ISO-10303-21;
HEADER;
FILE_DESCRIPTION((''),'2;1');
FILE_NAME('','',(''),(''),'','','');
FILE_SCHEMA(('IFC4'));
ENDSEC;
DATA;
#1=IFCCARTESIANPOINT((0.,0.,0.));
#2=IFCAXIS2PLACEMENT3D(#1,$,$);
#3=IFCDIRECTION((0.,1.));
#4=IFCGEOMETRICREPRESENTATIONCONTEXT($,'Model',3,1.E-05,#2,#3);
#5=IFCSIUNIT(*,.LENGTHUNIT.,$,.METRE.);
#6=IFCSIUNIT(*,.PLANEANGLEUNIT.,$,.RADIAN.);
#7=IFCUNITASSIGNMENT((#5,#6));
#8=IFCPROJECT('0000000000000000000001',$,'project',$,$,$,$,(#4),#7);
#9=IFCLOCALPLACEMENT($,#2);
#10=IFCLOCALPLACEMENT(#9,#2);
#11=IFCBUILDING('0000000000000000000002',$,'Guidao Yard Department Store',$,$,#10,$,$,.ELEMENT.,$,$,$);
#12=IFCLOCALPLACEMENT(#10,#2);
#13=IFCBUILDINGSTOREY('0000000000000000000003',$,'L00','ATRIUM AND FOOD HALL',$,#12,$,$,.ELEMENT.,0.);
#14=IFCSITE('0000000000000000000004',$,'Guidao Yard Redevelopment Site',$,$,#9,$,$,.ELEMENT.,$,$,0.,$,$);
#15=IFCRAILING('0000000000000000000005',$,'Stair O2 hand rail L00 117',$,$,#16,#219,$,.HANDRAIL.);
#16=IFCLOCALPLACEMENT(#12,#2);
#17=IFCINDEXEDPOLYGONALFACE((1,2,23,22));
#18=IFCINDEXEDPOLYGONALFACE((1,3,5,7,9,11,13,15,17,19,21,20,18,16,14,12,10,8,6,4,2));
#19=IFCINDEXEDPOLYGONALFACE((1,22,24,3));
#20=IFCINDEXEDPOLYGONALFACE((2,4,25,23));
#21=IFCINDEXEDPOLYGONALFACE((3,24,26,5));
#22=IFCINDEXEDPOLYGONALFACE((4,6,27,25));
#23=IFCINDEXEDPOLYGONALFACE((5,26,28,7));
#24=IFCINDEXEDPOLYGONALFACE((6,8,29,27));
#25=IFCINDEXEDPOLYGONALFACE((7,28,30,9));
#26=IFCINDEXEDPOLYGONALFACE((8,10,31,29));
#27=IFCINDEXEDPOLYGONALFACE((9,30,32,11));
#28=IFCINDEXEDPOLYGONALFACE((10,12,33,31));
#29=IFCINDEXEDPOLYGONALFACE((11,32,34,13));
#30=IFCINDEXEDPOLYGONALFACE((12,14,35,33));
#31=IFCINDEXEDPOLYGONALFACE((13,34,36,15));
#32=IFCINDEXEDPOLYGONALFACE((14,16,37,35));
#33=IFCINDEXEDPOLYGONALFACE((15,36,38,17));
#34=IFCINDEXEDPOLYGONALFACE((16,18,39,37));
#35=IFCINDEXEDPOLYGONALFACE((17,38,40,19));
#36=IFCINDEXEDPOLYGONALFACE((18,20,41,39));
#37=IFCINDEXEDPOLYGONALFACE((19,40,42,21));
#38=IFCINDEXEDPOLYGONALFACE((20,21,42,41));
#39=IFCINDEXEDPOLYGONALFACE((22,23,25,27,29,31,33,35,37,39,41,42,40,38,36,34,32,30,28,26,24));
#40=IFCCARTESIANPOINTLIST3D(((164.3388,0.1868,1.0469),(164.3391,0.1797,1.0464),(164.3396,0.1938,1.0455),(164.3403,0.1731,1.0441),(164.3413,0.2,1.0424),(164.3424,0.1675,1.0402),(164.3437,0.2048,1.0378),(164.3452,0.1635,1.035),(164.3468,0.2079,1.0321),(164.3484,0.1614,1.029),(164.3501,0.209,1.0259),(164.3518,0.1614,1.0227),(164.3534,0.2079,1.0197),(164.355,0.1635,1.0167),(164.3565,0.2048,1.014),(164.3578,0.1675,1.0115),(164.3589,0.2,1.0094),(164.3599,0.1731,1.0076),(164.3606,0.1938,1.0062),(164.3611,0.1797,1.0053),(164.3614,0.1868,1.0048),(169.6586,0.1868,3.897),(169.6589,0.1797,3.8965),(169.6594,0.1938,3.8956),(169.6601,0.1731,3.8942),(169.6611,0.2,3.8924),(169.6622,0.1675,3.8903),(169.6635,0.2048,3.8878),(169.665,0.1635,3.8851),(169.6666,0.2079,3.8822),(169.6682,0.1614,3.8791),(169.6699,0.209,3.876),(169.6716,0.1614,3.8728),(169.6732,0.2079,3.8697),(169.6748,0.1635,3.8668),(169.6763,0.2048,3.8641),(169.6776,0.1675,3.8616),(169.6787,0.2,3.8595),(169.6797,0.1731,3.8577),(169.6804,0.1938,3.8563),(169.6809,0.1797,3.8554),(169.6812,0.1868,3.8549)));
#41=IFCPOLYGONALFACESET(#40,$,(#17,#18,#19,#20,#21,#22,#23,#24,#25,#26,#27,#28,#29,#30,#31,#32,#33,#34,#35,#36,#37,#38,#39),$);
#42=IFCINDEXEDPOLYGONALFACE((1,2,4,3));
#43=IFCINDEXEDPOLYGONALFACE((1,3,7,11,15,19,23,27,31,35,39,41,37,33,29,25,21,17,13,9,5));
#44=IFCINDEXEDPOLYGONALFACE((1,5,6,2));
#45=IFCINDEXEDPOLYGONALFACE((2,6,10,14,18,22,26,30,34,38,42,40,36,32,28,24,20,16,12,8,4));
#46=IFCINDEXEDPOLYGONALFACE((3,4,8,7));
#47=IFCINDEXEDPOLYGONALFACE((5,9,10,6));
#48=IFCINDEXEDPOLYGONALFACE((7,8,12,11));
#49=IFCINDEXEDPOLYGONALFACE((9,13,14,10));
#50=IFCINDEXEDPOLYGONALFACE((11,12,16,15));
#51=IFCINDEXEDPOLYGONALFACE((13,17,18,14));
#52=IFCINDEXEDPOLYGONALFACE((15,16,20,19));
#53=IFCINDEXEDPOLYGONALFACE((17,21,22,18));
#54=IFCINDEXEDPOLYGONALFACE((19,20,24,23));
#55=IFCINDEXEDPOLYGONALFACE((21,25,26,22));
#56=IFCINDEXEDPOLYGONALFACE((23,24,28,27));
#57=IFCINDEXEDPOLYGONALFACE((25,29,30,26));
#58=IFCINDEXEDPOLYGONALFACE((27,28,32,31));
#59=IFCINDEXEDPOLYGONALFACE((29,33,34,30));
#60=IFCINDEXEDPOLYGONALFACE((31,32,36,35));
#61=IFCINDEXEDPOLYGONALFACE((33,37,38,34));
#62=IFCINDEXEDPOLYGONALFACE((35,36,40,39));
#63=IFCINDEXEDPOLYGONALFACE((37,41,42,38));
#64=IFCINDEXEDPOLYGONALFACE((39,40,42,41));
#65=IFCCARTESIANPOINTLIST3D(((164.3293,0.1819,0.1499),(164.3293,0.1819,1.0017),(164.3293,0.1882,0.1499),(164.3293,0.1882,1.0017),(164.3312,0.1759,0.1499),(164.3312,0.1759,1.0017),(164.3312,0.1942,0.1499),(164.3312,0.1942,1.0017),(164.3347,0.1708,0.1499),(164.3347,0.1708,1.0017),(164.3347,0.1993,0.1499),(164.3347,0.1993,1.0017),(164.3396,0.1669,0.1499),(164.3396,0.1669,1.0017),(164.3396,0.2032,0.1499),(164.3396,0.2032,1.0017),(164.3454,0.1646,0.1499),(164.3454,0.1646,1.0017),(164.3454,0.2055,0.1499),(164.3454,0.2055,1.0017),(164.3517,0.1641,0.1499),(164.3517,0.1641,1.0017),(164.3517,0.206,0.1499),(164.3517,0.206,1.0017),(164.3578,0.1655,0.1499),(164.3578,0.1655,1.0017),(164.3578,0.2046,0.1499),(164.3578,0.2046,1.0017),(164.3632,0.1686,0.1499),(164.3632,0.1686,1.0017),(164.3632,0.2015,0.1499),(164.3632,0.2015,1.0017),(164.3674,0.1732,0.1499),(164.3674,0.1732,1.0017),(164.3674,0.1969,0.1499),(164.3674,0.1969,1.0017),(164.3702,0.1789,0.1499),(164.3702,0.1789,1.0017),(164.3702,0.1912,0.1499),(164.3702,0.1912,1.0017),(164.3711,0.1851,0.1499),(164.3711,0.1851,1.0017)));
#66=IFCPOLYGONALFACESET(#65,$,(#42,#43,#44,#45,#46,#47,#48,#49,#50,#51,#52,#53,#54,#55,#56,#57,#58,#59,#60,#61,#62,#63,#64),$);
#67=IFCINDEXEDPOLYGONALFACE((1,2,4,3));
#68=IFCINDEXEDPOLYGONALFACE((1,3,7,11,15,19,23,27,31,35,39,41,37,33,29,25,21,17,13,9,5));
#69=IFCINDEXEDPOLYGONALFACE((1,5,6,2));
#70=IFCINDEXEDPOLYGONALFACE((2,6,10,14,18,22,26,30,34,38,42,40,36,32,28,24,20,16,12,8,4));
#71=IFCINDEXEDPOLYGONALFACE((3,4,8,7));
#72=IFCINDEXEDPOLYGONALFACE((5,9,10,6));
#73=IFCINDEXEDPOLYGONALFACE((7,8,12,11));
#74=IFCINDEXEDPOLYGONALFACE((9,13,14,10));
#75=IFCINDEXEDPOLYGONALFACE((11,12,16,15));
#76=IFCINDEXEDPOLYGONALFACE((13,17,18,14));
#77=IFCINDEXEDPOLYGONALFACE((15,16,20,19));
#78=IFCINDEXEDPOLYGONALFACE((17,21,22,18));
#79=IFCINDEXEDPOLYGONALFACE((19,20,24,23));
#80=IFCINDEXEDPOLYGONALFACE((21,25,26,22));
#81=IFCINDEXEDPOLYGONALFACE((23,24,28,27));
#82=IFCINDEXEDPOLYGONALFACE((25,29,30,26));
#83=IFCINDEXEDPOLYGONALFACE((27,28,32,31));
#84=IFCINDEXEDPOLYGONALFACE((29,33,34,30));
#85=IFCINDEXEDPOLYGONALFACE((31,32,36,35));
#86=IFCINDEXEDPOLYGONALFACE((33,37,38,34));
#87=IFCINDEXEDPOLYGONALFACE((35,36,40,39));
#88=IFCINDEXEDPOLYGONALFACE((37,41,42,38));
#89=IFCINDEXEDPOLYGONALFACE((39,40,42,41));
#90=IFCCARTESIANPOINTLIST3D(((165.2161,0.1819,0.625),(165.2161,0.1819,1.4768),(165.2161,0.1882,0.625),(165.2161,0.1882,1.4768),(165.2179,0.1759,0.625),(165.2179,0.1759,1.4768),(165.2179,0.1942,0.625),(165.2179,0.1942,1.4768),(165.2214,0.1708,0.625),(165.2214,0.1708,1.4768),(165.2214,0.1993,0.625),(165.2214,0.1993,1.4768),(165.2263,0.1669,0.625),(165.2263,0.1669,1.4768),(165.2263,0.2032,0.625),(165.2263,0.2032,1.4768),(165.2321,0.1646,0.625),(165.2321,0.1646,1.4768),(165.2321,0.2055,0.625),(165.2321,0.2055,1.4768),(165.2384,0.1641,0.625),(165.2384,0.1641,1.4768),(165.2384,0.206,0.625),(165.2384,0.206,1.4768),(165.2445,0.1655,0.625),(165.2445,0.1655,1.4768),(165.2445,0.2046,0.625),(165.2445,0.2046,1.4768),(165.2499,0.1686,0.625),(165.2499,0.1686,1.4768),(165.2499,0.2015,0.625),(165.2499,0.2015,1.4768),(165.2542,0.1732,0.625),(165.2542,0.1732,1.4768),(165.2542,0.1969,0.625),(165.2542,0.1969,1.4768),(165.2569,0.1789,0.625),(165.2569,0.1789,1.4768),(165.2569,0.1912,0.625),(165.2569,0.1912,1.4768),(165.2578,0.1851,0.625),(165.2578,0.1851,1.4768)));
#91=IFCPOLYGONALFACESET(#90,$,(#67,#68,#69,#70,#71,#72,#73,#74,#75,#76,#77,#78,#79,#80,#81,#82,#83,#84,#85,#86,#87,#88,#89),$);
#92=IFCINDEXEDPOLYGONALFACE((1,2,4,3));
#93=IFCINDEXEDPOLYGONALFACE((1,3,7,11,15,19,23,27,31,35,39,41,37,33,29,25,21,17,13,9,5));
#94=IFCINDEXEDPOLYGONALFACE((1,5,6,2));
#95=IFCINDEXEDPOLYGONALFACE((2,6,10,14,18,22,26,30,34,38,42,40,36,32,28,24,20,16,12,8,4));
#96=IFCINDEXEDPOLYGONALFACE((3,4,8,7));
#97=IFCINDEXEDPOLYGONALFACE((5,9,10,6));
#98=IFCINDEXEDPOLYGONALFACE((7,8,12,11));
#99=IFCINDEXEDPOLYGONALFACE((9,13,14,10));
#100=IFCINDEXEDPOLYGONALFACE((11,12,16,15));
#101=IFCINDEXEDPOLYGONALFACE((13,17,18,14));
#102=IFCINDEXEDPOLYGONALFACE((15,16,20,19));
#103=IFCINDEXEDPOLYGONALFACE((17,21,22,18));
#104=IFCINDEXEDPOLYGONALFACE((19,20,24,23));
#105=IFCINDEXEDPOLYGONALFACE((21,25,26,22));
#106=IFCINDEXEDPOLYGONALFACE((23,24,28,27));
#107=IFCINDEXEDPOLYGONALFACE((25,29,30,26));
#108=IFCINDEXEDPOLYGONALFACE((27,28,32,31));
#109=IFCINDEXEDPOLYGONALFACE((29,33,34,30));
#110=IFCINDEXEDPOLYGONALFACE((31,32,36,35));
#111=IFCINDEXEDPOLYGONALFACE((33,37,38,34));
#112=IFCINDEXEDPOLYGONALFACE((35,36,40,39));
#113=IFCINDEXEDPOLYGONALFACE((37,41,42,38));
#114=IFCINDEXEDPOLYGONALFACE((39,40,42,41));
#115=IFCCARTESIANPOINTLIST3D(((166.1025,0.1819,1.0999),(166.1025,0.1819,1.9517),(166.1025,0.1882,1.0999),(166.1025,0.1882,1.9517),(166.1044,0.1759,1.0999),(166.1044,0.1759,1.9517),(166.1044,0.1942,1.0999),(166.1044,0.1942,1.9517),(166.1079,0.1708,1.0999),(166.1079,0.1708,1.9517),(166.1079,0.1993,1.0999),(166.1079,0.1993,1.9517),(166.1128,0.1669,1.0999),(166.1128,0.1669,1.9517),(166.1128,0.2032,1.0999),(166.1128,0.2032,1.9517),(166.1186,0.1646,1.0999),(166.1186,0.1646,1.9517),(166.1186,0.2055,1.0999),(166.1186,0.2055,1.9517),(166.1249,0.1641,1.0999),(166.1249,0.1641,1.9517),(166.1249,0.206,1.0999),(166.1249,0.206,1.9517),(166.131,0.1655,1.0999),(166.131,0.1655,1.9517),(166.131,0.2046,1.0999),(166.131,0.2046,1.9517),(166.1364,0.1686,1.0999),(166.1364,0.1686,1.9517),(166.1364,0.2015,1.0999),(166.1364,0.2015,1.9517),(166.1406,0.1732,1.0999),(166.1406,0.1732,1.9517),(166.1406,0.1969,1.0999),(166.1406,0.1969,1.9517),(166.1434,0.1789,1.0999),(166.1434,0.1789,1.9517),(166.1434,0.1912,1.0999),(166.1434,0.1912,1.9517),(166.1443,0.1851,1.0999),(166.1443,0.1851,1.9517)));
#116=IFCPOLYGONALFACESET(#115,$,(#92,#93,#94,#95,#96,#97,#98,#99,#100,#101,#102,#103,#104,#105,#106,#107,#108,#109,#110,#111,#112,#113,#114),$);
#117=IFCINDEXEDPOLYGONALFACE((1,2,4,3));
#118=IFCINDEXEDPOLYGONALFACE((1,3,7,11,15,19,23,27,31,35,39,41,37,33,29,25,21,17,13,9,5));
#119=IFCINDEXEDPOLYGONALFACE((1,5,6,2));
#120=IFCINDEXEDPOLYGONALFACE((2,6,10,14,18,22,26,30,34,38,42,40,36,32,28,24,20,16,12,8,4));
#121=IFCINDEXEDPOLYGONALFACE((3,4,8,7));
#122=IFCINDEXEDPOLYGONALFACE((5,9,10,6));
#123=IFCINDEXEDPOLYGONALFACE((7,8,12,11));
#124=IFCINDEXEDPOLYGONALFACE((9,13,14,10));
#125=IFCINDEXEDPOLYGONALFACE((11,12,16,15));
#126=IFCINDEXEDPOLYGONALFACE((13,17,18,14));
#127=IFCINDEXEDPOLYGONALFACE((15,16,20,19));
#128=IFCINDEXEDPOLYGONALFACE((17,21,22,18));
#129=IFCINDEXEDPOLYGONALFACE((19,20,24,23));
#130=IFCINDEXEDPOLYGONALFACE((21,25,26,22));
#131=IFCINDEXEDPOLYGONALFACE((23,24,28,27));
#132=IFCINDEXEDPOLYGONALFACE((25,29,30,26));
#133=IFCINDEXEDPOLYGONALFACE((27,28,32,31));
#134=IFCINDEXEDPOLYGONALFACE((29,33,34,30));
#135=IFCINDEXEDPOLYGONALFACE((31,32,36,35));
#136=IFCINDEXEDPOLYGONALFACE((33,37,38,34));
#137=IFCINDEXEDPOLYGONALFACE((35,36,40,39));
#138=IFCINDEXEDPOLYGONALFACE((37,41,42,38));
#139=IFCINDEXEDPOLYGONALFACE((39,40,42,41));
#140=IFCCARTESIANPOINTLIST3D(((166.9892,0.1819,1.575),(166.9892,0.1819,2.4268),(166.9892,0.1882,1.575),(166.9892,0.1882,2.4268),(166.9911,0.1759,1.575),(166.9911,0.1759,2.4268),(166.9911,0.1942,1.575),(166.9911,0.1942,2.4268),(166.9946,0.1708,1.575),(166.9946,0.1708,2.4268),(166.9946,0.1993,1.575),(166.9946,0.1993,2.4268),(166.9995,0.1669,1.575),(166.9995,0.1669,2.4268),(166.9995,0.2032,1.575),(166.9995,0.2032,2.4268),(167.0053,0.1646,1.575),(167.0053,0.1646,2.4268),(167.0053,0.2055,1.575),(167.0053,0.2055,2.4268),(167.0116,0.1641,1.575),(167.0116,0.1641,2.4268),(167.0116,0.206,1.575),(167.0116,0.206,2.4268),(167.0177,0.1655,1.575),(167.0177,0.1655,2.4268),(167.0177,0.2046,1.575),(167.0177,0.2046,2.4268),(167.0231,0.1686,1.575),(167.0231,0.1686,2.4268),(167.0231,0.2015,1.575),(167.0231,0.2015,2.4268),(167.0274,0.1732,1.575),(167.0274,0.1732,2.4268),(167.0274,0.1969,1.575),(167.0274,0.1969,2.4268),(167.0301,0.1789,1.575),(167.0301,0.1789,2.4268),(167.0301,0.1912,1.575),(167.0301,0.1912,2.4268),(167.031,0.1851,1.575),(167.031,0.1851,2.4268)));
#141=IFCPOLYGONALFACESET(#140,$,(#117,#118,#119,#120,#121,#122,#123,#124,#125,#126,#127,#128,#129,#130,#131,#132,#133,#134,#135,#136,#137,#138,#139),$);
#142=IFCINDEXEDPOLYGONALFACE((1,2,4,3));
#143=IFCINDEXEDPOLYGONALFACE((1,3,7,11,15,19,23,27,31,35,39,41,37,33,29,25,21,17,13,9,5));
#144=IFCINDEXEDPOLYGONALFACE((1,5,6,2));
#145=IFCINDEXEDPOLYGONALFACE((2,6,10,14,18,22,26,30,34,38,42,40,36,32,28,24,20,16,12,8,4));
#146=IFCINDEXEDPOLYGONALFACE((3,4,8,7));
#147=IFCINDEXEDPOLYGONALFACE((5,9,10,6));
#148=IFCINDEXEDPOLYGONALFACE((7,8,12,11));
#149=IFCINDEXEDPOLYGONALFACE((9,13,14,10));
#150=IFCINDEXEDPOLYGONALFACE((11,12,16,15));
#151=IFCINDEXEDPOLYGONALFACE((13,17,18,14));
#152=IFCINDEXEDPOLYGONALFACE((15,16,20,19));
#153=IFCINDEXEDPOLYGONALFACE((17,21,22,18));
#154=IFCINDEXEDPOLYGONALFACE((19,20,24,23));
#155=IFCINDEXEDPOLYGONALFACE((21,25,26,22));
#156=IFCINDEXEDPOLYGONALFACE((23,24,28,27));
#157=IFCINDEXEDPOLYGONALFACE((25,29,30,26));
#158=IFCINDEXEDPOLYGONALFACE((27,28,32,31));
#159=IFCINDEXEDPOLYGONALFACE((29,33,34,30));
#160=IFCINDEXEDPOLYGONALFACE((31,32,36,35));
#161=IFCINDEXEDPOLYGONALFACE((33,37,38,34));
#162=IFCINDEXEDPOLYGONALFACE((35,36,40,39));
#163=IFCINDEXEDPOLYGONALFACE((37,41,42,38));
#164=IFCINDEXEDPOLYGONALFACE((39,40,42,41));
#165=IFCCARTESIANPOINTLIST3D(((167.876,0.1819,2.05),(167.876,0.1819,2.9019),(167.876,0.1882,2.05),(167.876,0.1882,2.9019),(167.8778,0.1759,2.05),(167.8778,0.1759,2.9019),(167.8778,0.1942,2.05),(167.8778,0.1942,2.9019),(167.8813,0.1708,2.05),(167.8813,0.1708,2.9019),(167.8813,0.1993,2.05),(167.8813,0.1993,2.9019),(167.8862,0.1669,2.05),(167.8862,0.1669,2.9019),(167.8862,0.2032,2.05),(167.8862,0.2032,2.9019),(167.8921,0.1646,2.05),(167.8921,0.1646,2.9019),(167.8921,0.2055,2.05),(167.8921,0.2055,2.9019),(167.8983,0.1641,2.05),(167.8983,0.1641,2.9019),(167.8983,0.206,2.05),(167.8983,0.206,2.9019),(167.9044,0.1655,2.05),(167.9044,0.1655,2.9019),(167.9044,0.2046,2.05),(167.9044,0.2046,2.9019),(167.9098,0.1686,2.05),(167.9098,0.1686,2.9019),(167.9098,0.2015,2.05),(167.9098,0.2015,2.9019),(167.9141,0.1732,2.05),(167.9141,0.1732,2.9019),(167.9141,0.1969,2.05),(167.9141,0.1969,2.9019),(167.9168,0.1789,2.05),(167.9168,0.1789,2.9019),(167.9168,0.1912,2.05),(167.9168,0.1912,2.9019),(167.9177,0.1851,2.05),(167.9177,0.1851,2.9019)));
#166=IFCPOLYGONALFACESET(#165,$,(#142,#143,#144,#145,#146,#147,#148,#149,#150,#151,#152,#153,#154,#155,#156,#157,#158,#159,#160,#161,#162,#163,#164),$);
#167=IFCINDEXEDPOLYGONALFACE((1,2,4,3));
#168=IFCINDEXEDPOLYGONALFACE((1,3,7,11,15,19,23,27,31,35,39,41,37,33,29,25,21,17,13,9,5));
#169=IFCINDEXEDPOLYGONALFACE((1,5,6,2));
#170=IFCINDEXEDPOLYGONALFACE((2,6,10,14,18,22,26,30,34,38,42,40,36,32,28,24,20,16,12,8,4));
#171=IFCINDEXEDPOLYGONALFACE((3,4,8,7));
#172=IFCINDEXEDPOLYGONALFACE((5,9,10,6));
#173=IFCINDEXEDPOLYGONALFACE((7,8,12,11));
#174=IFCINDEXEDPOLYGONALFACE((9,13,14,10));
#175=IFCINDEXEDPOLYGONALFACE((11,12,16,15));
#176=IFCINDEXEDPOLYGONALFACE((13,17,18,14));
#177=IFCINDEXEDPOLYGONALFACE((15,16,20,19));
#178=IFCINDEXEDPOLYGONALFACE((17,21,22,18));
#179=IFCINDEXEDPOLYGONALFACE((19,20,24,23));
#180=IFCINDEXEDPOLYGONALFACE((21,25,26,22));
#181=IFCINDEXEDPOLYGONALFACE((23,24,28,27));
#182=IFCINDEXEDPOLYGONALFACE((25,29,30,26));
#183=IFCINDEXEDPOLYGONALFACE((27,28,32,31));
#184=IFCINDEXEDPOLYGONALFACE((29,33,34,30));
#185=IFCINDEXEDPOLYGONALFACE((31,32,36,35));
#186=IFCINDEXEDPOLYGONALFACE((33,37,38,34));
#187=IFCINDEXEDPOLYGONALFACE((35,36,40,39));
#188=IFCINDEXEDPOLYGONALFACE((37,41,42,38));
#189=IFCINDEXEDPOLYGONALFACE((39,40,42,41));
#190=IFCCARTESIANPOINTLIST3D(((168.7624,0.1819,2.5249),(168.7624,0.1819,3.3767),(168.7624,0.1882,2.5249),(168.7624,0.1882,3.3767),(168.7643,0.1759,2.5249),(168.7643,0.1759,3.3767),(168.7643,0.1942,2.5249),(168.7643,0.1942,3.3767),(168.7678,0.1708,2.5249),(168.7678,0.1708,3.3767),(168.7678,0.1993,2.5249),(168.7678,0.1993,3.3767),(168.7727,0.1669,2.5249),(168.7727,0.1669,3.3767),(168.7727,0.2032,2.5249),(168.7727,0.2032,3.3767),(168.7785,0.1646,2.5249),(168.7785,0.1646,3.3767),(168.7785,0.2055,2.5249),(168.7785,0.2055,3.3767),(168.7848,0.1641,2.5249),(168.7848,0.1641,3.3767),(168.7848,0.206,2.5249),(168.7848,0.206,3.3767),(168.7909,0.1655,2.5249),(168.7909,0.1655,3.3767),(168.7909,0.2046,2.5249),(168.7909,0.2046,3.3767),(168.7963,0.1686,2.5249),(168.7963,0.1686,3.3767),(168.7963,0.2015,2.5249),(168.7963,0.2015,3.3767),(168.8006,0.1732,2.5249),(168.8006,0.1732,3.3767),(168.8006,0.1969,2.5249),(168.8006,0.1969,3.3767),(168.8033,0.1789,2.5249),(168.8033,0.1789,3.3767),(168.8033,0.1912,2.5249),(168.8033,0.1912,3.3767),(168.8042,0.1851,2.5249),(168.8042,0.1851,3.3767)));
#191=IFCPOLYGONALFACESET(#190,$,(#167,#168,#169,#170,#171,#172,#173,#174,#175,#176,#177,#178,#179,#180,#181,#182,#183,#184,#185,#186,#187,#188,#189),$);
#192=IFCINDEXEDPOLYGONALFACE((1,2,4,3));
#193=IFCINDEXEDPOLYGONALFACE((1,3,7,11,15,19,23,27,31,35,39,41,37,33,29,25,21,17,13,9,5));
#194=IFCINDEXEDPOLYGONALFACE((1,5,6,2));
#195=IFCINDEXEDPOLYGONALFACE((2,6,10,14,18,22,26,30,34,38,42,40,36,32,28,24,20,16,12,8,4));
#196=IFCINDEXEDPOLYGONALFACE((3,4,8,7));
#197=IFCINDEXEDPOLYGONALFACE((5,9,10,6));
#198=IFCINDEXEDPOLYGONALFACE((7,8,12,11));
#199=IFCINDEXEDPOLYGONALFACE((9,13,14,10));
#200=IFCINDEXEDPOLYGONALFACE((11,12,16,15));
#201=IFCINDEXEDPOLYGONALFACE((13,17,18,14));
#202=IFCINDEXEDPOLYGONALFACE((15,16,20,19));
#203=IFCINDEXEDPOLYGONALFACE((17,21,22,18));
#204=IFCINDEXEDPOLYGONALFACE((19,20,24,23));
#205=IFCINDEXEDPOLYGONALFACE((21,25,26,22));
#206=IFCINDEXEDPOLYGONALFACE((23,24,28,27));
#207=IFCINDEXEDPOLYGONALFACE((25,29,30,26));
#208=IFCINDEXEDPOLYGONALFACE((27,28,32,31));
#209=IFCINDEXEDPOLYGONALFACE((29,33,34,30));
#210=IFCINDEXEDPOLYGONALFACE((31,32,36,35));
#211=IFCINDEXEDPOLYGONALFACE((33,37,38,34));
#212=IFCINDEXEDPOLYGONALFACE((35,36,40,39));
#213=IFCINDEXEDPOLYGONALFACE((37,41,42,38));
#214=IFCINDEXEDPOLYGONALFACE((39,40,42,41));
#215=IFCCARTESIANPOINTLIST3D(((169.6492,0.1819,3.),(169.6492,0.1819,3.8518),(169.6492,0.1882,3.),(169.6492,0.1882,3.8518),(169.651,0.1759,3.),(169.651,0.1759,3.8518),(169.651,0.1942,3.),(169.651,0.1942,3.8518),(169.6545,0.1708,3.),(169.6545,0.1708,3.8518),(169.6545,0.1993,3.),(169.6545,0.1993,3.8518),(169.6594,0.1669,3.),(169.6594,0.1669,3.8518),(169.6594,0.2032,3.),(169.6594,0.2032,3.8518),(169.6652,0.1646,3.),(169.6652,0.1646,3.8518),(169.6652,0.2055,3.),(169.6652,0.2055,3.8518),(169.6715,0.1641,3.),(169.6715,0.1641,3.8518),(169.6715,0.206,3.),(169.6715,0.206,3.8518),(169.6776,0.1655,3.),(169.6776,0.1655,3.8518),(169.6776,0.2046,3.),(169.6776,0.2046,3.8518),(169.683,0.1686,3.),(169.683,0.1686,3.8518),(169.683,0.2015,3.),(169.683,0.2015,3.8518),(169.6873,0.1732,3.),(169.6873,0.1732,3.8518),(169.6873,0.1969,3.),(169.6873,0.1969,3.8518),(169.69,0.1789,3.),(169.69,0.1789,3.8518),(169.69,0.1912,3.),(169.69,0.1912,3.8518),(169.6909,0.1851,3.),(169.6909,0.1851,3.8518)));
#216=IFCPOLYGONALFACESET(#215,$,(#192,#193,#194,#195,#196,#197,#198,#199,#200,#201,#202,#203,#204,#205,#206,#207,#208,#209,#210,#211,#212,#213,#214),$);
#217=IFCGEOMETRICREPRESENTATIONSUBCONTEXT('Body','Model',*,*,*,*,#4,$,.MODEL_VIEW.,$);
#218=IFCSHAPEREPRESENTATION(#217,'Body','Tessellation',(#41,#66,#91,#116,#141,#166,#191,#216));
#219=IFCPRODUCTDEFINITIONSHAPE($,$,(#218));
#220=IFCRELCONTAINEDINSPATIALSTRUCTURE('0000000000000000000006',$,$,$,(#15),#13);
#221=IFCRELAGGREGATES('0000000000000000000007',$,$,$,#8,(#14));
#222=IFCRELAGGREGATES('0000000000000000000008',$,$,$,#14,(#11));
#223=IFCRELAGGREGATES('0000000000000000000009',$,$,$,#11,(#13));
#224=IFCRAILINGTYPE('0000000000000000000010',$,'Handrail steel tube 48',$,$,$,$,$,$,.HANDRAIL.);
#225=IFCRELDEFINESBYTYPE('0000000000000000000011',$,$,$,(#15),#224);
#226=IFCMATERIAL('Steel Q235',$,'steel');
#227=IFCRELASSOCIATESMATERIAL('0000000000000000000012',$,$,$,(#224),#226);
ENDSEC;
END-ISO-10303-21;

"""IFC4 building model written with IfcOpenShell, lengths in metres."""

from ifc_helpers import new_model, si_unit, direction, frame, origin, origin_2d, place, context, subcontext, project, spatial, circle, extrude, material, type_object, element, save


model = new_model("IFC4")

# Units and contexts
model_context = context("Model", 3, precision=1e-05, world=origin(), true_north=direction((0.0, 1.0)))
body_context = subcontext(model_context, "Body", "Model", "MODEL_VIEW")
ifc_project = project(units=[si_unit("LENGTHUNIT", "METRE"), si_unit("PLANEANGLEUNIT", "RADIAN")], contexts=[model_context])

# Site, building, storey
site_placement = place(None, origin())
site = spatial("IfcSite", under=ifc_project, at=site_placement, Name="Guidao Yard Redevelopment Site", CompositionType="ELEMENT", RefElevation=0.0)
building_placement = place(site_placement, origin())
building = spatial("IfcBuilding", under=site, at=building_placement, Name="Guidao Yard Department Store", CompositionType="ELEMENT")
storey_placement = place(building_placement, origin())
storey = spatial("IfcBuildingStorey", under=building, at=storey_placement, Name="L00", Description="ATRIUM AND FOOD HALL", CompositionType="ELEMENT", Elevation=0.0)

# Railing
ifc_material_1 = material(Name="Steel Q235", Category="steel")
railing_type_1 = type_object("IfcRailingType", Name="Handrail steel tube 48", PredefinedType="HANDRAIL", material=ifc_material_1)
for number, where, name in (
    (1, (164.3501, 0.1851, 0.1499), "Stair O2 hand rail L00 117"),
):
    element("IfcRailing", number, at=place(storey_placement, frame(where)), inside=storey, type_object=railing_type_1, Name=name, PredefinedType="HANDRAIL", context=body_context, shape_type="SweptSolid", body=[
        extrude(circle(Radius=0.0239, at=origin_2d()), frame((0.0, 0.0, 0.876), z_axis=(0.881467, 0.0, 0.472246), x_axis=(0.0, 1.0, 0.0)), (0.0, 0.0, 1.0), 6.0352),
        extrude(circle(Radius=0.021, at=origin_2d()), origin(), (0.0, 0.0, 1.0), 0.8518),
        extrude(circle(Radius=0.021, at=origin_2d()), frame((0.8867, 0.0, 0.4751)), (0.0, 0.0, 1.0), 0.8518),
        extrude(circle(Radius=0.021, at=origin_2d()), frame((1.7732, 0.0, 0.95)), (0.0, 0.0, 1.0), 0.8518),
        extrude(circle(Radius=0.021, at=origin_2d()), frame((2.6599, 0.0, 1.425)), (0.0, 0.0, 1.0), 0.8518),
        extrude(circle(Radius=0.021, at=origin_2d()), frame((3.5466, 0.0, 1.9001)), (0.0, 0.0, 1.0), 0.8518),
        extrude(circle(Radius=0.021, at=origin_2d()), frame((4.4331, 0.0, 2.375)), (0.0, 0.0, 1.0), 0.8518),
        extrude(circle(Radius=0.021, at=origin_2d()), frame((5.3198, 0.0, 2.8501)), (0.0, 0.0, 1.0), 0.8518),
    ])

save(model, "model.ifc")
